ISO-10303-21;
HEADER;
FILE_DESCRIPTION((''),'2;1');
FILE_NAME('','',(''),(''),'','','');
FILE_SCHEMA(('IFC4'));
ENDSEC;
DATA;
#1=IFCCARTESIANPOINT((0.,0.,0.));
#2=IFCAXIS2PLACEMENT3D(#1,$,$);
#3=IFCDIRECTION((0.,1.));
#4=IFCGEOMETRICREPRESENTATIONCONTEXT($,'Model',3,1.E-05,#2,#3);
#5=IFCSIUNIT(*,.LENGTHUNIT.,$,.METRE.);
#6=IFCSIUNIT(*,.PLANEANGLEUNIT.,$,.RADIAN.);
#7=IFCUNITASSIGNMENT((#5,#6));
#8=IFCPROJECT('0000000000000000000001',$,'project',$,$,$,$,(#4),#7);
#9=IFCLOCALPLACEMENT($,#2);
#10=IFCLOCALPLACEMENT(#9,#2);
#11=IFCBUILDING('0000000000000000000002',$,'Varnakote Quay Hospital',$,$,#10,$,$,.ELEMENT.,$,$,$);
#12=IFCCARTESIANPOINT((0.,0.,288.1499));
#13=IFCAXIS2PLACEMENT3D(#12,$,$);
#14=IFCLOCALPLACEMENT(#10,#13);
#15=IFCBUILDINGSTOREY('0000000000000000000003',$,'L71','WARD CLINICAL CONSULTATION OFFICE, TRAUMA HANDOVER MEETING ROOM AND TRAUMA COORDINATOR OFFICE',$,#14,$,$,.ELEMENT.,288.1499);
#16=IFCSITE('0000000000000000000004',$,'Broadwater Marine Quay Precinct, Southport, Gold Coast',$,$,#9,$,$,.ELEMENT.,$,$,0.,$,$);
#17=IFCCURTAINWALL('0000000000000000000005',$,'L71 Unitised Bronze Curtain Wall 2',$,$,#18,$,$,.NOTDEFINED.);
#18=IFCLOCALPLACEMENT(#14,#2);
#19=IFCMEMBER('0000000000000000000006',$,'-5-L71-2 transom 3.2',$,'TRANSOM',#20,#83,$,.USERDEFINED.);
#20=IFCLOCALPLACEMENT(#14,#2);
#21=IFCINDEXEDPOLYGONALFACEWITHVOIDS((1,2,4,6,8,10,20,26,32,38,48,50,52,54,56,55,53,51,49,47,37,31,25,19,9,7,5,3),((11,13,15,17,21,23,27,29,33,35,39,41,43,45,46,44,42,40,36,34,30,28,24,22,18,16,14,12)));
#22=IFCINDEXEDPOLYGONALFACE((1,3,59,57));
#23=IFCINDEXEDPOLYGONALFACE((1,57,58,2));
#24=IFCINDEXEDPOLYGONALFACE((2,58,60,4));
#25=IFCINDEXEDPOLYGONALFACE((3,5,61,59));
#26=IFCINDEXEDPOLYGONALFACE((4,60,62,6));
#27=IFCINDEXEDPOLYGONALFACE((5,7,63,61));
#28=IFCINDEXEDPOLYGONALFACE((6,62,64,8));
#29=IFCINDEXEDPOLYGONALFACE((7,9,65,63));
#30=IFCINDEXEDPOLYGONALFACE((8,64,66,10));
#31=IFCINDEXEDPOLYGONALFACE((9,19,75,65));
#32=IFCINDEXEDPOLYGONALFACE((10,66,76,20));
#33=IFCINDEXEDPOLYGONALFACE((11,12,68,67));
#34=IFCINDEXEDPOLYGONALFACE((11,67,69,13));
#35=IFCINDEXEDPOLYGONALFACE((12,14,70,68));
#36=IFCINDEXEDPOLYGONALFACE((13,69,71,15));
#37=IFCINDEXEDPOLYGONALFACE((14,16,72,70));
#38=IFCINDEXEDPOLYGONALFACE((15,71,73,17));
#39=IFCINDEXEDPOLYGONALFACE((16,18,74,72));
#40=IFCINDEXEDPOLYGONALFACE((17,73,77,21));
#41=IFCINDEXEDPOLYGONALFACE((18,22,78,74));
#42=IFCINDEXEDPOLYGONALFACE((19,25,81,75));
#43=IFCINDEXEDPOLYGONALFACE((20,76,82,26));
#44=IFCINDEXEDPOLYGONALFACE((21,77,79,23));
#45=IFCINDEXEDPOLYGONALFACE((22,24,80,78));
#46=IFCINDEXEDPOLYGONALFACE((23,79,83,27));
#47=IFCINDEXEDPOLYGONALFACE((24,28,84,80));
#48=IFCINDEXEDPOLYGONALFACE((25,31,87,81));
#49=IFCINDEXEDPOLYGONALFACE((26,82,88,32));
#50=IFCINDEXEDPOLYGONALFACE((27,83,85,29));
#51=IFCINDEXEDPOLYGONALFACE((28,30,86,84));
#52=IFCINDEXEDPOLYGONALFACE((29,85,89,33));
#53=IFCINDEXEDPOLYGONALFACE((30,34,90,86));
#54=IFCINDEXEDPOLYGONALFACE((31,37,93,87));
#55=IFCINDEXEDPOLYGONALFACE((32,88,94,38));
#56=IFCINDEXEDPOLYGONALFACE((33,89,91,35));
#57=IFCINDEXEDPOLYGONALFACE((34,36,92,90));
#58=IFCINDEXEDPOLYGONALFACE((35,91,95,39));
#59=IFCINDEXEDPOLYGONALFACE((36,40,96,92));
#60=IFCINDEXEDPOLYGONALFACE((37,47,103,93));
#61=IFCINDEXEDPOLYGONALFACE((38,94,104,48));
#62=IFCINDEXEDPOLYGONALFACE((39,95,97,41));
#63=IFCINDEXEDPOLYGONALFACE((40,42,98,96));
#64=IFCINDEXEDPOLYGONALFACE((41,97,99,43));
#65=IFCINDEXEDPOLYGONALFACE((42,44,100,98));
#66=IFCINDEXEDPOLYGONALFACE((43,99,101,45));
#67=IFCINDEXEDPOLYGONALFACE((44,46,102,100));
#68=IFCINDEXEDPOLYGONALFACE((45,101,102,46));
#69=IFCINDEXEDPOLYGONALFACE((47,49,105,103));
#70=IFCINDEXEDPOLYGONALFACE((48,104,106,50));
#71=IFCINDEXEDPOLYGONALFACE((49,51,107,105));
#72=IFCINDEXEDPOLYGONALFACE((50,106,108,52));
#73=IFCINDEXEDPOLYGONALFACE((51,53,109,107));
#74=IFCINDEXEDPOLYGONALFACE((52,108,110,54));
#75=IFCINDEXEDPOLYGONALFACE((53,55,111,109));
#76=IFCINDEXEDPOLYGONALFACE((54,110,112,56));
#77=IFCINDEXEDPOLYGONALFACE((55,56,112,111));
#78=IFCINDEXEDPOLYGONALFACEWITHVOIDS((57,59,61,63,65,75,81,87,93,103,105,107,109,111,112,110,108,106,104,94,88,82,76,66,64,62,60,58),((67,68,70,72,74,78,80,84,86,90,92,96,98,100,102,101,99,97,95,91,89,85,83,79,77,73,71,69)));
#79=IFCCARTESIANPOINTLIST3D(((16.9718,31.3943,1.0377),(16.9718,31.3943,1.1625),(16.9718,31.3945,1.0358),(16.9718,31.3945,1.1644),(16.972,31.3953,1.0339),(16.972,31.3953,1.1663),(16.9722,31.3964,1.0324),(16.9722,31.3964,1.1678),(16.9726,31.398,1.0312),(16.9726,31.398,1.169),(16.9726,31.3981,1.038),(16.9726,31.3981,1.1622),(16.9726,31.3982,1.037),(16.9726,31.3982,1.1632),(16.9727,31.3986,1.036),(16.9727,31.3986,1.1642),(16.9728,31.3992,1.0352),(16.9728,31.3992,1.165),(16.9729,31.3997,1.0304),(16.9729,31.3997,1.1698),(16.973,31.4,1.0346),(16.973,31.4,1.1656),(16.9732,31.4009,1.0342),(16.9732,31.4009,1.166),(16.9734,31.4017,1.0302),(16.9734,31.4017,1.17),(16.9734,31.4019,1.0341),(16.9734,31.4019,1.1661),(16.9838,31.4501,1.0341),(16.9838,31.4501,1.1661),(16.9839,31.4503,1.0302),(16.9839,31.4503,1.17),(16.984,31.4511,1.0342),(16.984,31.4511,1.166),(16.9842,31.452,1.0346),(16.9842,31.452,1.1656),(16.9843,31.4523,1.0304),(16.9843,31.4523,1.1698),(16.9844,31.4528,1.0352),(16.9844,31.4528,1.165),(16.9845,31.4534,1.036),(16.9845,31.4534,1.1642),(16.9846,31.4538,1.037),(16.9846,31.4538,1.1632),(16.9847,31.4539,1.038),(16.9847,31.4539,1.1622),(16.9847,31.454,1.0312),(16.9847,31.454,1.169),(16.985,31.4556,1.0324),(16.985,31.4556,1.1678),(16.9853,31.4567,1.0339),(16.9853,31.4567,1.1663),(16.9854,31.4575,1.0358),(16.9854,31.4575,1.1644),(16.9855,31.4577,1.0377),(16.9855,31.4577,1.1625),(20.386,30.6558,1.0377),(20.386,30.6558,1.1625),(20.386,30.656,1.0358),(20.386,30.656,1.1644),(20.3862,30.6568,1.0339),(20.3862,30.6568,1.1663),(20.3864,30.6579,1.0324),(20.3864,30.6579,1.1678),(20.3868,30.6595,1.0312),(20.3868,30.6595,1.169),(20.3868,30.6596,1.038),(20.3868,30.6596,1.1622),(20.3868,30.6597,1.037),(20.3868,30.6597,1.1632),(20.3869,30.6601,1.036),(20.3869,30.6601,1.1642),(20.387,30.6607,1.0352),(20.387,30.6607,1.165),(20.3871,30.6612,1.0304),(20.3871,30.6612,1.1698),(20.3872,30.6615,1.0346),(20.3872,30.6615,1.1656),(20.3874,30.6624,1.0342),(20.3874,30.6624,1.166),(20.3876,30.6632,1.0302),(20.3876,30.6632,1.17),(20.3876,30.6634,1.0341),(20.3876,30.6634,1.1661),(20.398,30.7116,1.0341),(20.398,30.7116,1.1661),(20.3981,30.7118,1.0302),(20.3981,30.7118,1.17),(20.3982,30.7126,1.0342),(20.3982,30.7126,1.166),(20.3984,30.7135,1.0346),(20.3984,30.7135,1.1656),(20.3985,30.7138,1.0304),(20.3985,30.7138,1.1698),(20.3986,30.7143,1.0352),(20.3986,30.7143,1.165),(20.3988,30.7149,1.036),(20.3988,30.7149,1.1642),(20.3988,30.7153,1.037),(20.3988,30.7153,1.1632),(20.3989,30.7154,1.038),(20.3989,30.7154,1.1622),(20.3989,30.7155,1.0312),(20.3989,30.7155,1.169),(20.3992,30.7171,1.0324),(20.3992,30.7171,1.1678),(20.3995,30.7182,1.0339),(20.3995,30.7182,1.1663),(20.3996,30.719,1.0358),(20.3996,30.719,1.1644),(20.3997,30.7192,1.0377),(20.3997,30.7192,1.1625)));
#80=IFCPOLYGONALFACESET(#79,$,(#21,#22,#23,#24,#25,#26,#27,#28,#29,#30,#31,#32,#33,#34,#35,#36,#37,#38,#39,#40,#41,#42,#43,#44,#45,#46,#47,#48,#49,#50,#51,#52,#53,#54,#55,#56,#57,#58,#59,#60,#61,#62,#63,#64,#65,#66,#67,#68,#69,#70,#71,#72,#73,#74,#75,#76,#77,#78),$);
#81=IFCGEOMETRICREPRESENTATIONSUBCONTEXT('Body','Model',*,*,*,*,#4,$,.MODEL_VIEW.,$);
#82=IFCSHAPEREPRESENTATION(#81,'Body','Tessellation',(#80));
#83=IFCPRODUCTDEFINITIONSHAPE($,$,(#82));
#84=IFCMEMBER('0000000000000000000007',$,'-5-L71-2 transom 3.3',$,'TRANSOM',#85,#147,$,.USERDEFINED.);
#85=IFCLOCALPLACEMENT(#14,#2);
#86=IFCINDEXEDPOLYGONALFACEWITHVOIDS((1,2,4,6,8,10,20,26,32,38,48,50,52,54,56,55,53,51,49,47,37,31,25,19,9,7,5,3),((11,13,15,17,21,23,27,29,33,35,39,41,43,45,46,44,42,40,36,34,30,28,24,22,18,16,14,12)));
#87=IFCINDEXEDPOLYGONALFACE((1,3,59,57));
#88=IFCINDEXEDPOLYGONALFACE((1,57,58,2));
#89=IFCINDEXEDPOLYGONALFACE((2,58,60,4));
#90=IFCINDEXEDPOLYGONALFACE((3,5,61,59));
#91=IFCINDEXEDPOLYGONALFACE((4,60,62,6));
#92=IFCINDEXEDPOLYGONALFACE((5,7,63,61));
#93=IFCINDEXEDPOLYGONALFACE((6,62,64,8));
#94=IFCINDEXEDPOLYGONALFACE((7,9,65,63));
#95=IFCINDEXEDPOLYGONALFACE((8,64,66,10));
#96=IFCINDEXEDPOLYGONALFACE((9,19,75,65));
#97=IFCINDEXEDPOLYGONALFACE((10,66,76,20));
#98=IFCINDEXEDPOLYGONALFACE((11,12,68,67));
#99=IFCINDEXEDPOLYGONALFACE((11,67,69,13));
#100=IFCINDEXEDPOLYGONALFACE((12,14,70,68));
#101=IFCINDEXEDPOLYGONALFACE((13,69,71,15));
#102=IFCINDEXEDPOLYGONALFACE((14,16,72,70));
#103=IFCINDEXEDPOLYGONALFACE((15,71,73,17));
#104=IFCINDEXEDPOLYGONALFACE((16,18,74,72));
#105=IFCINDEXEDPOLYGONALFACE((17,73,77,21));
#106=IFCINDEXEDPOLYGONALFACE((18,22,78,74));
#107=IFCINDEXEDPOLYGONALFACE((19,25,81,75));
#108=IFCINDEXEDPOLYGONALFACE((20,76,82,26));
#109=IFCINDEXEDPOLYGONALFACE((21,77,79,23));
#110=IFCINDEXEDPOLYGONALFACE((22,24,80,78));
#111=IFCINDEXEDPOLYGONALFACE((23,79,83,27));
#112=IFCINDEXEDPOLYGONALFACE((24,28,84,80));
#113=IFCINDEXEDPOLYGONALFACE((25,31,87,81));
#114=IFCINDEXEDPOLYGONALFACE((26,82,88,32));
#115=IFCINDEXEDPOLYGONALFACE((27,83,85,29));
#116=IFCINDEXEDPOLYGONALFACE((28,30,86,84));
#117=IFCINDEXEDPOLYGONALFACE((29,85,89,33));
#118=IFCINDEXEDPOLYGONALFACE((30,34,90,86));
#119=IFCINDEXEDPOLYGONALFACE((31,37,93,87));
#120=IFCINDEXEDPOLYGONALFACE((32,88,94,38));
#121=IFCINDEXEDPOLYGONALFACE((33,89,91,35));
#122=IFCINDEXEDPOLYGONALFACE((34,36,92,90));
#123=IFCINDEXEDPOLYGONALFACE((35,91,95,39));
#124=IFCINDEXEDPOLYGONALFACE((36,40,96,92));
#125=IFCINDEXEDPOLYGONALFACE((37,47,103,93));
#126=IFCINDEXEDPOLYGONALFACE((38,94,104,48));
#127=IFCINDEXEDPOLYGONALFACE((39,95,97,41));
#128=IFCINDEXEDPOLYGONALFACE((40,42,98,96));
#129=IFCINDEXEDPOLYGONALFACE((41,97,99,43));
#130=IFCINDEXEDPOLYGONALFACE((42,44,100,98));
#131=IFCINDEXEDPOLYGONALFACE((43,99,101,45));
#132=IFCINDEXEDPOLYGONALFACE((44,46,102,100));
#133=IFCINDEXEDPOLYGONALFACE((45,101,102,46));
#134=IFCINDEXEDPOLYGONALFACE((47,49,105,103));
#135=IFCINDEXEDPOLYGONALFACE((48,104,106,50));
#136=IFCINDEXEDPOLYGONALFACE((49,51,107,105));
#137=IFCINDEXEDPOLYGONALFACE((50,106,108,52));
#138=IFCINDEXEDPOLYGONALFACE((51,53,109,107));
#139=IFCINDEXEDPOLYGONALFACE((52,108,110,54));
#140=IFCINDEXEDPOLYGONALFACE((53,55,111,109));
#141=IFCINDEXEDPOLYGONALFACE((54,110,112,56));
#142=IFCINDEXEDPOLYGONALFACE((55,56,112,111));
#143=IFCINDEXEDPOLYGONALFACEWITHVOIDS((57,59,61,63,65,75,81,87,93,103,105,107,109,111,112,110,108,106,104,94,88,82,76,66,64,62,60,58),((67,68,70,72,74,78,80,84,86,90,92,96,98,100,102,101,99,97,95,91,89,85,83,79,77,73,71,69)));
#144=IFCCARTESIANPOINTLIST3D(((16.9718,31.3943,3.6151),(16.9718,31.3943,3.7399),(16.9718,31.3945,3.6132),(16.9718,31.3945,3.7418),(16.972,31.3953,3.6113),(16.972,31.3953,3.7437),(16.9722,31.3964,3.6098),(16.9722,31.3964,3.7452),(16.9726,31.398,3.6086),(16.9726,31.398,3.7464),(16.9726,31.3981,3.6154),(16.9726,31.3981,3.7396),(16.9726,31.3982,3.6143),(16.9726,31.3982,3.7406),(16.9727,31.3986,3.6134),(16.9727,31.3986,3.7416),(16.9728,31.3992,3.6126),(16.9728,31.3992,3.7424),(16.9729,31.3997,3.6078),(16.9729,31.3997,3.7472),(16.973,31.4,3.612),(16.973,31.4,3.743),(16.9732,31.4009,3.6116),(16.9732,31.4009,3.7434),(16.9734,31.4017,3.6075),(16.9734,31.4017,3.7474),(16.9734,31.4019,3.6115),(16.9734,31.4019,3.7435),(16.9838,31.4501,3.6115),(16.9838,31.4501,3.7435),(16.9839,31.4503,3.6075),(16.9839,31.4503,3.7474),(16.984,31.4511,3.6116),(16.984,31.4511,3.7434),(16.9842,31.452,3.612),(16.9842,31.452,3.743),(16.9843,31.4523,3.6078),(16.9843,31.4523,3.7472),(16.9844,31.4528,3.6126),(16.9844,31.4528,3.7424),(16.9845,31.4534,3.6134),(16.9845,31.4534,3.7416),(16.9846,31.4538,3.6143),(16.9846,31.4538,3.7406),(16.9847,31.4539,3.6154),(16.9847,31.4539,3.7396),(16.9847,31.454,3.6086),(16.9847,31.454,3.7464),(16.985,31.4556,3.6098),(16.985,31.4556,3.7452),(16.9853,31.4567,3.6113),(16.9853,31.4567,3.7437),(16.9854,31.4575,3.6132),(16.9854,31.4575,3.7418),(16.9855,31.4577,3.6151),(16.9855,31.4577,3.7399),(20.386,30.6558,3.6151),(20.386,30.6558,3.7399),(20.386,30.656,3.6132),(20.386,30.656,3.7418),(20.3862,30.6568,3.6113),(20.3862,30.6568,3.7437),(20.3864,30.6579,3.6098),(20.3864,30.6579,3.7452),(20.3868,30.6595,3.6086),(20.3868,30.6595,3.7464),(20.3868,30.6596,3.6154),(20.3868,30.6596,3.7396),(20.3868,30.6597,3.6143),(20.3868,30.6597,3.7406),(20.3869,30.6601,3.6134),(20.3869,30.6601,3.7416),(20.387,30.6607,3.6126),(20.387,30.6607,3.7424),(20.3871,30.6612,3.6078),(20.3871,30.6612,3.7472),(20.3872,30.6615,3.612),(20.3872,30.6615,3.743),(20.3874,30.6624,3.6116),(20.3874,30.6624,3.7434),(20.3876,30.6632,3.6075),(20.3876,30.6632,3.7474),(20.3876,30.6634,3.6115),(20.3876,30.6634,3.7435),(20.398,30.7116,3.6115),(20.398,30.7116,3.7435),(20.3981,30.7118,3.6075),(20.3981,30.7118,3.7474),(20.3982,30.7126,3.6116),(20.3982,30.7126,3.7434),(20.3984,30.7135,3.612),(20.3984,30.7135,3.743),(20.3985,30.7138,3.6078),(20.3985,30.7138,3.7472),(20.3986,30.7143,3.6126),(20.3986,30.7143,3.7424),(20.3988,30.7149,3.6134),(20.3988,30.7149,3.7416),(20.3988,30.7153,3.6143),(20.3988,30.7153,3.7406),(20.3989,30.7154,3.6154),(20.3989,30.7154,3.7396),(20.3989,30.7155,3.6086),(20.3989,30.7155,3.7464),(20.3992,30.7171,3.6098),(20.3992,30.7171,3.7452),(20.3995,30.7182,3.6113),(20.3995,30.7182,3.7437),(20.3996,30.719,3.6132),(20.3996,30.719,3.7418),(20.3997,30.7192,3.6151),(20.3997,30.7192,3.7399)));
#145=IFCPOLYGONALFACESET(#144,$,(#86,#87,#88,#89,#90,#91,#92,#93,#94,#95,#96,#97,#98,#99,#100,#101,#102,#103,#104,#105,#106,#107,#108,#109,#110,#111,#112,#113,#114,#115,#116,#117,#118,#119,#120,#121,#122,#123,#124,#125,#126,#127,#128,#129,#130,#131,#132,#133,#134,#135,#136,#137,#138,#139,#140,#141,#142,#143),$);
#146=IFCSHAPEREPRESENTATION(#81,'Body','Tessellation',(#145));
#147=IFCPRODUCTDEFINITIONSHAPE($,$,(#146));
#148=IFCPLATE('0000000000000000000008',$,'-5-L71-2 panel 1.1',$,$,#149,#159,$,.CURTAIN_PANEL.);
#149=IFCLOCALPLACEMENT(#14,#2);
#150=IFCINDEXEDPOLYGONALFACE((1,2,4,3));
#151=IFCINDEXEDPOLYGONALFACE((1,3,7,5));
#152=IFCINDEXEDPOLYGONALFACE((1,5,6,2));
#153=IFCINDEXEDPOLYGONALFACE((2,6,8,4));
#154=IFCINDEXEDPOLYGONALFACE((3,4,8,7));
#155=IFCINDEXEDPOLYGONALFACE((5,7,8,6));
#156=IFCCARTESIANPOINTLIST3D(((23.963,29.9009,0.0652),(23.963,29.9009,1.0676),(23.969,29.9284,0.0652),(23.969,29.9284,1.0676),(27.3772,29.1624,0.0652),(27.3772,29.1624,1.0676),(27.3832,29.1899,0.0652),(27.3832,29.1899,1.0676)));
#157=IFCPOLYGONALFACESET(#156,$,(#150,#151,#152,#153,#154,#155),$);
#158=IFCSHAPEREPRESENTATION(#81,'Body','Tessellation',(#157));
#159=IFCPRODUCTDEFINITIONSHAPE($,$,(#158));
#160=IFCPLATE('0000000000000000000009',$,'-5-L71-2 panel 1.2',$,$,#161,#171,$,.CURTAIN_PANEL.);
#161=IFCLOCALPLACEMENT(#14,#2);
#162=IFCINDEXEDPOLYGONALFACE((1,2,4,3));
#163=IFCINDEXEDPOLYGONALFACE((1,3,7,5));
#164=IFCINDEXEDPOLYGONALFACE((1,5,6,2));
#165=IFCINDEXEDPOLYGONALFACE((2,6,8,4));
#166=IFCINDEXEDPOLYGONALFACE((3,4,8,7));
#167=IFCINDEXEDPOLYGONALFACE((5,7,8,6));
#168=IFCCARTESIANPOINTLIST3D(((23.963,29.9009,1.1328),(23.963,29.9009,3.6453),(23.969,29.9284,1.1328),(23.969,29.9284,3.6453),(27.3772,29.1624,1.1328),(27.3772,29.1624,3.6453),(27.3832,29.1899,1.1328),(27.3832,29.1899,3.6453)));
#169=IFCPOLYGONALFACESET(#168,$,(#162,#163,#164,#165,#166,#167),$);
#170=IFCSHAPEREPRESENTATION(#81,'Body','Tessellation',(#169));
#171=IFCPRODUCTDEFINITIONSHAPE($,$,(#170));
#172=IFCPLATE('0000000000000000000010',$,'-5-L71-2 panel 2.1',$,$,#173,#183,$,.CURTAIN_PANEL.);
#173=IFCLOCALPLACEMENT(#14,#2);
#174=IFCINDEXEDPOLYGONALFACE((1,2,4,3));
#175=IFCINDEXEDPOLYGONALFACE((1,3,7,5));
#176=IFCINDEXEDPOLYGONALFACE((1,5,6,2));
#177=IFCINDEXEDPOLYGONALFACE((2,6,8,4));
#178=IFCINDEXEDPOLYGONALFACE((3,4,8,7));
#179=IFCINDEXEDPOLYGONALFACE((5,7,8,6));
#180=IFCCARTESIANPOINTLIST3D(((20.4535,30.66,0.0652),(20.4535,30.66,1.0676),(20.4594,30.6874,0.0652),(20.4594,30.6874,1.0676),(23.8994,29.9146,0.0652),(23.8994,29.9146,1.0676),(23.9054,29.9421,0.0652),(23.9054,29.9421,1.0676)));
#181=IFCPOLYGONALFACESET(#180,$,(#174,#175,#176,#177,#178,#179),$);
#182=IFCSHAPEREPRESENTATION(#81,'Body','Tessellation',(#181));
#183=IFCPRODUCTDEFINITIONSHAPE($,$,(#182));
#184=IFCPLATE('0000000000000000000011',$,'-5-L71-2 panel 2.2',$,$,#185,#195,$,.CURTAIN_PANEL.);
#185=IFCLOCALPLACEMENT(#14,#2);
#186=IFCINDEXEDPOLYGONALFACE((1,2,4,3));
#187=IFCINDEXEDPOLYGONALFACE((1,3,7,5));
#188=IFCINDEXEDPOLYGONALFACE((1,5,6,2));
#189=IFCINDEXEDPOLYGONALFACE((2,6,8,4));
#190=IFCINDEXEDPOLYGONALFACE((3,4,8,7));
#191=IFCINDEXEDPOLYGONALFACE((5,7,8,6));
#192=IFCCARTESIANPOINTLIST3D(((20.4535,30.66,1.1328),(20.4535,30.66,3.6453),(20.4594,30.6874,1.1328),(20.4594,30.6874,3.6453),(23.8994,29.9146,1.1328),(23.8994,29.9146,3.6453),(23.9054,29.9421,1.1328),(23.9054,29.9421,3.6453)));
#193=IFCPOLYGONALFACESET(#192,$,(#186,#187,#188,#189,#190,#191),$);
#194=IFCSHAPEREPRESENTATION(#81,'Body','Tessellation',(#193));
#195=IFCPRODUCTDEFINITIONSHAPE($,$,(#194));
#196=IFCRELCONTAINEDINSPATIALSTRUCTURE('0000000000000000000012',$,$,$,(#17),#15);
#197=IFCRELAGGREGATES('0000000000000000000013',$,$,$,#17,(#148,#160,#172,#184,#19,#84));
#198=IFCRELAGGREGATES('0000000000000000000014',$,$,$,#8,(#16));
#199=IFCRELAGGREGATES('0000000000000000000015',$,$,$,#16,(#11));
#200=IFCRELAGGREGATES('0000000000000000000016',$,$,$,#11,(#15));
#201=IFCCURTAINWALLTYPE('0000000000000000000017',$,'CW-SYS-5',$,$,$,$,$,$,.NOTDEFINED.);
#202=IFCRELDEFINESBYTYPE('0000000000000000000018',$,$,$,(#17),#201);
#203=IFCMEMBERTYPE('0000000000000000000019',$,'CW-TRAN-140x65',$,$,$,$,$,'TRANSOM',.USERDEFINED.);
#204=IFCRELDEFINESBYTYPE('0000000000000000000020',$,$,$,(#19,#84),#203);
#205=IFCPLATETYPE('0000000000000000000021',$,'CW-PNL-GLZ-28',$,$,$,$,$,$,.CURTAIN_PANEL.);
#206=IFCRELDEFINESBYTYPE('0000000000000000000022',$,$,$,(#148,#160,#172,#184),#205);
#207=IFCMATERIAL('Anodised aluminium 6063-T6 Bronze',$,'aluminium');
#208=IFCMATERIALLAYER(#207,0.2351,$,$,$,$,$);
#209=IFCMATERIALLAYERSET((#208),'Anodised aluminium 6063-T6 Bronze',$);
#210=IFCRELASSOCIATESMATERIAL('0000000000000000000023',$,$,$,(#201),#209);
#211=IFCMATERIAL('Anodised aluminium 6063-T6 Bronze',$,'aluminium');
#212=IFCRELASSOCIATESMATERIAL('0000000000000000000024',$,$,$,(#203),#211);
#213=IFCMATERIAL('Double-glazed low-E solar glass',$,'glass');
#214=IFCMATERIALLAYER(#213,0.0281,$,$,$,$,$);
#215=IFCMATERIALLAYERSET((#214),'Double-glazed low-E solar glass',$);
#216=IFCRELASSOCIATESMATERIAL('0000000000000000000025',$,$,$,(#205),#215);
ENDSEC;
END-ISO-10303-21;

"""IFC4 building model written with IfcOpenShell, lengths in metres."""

from ifc_helpers import new_model, si_unit, direction, frame, origin, origin_2d, place, context, subcontext, project, spatial, rectangle, hollow_rectangle, extrude, material, layer, layer_set, material_profile, profile_set, type_object, element, aggregate, save


model = new_model("IFC4")

# Units and contexts
model_context = context("Model", 3, precision=1e-05, world=origin(), true_north=direction((0.0, 1.0)))
body_context = subcontext(model_context, "Body", "Model", "MODEL_VIEW")
ifc_project = project(units=[si_unit("LENGTHUNIT", "METRE"), si_unit("PLANEANGLEUNIT", "RADIAN")], contexts=[model_context])

# Site, building, storey
site_placement = place(None, origin())
site = spatial("IfcSite", under=ifc_project, at=site_placement, Name="Broadwater Marine Quay Precinct, Southport, Gold Coast", CompositionType="ELEMENT", RefElevation=0.0)
building_placement = place(site_placement, origin())
building = spatial("IfcBuilding", under=site, at=building_placement, Name="Varnakote Quay Hospital", CompositionType="ELEMENT")
storey_placement = place(building_placement, frame((0.0, 0.0, 288.1499)))
storey = spatial("IfcBuildingStorey", under=building, at=storey_placement, Name="L71", Description="WARD CLINICAL CONSULTATION OFFICE, TRAUMA HANDOVER MEETING ROOM AND TRAUMA COORDINATOR OFFICE", CompositionType="ELEMENT", Elevation=288.1499)

# Shared definitions
ifc_material_1 = material(Name="Anodised aluminium 6063-T6 Bronze", Category="aluminium")
ifc_layer_1 = layer(ifc_material_1, 0.2351)
ifc_layer_set_1 = layer_set([ifc_layer_1], Name="Anodised aluminium 6063-T6 Bronze")
curtain_wall_type = type_object("IfcCurtainWallType", Name="CW-SYS-5", PredefinedType="NOTDEFINED", material=ifc_layer_set_1)

# Curtain wall, members, plates
curtain_wall_1_placement = place(storey_placement, origin())
curtain_wall_1 = element("IfcCurtainWall", 1, at=curtain_wall_1_placement, inside=storey, type_object=curtain_wall_type, Name="L71 Unitised Bronze Curtain Wall 2", PredefinedType="NOTDEFINED")
ifc_material_2 = material(Name="Anodised aluminium 6063-T6 Bronze", Category="aluminium")
ifc_material_profile_1 = material_profile(ifc_material_2, hollow_rectangle(XDim=0.0649, YDim=0.1399, WallThickness=0.0039, InnerFilletRadius=0.0039, OuterFilletRadius=0.0076, at=origin_2d()), Name="CW-TRAN-140x65")
ifc_profile_set_1 = profile_set([ifc_material_profile_1], Name="Anodised aluminium 6063-T6 Bronze")
member_type_1 = type_object("IfcMemberType", Name="CW-TRAN-140x65", ElementType="TRANSOM", PredefinedType="USERDEFINED", material=ifc_profile_set_1)
member_1_placement = place(storey_placement, frame((20.3928, 30.6875, 1.1001), z_axis=(-0.977397, 0.211414, 0.0), x_axis=(-0.211414, -0.977397, 0.0)))
member_1 = element("IfcMember", 2, at=member_1_placement, type_object=member_type_1, Name="-5-L71-2 transom 3.2", ObjectType="TRANSOM", PredefinedType="USERDEFINED", context=body_context, shape_type="SweptSolid", body=[
    extrude(hollow_rectangle(XDim=0.0649, YDim=0.1399, WallThickness=0.0039, InnerFilletRadius=0.0039, OuterFilletRadius=0.0076, at=origin_2d()), origin(), (0.0, 0.0, 1.0), 3.4932),
])
member_2_placement = place(storey_placement, frame((20.3928, 30.6875, 3.6775), z_axis=(-0.977397, 0.211414, 0.0), x_axis=(-0.211414, -0.977397, 0.0)))
member_2 = element("IfcMember", 3, at=member_2_placement, type_object=member_type_1, Name="-5-L71-2 transom 3.3", ObjectType="TRANSOM", PredefinedType="USERDEFINED", context=body_context, shape_type="SweptSolid", body=[
    extrude(hollow_rectangle(XDim=0.0649, YDim=0.1399, WallThickness=0.0039, InnerFilletRadius=0.0039, OuterFilletRadius=0.0076, at=origin_2d()), origin(), (0.0, 0.0, 1.0), 3.4932),
])
ifc_material_3 = material(Name="Double-glazed low-E solar glass", Category="glass")
ifc_layer_2 = layer(ifc_material_3, 0.0281)
ifc_layer_set_2 = layer_set([ifc_layer_2], Name="Double-glazed low-E solar glass")
plate_type = type_object("IfcPlateType", Name="CW-PNL-GLZ-28", PredefinedType="CURTAIN_PANEL", material=ifc_layer_set_2)
plate_1_placement = place(storey_placement, frame((25.6731, 29.5454, 0.0652), z_axis=(0.0, 0.0, 1.0), x_axis=(-0.977398, 0.211408, 0.0)))
plate_1 = element("IfcPlate", 4, at=plate_1_placement, type_object=plate_type, Name="-5-L71-2 panel 1.1", PredefinedType="CURTAIN_PANEL", context=body_context, shape_type="SweptSolid", body=[
    extrude(rectangle(XDim=3.4932, YDim=0.0281, at=origin_2d()), origin(), (0.0, 0.0, 1.0), 1.0024),
])
plate_2_placement = place(storey_placement, frame((25.6731, 29.5454, 1.1328), z_axis=(0.0, 0.0, 1.0), x_axis=(-0.977398, 0.211408, 0.0)))
plate_2 = element("IfcPlate", 5, at=plate_2_placement, type_object=plate_type, Name="-5-L71-2 panel 1.2", PredefinedType="CURTAIN_PANEL", context=body_context, shape_type="SweptSolid", body=[
    extrude(rectangle(XDim=3.4932, YDim=0.0281, at=origin_2d()), origin(), (0.0, 0.0, 1.0), 2.5125),
])
plate_3_placement = place(storey_placement, frame((22.1794, 30.301, 0.0652), z_axis=(0.0, 0.0, 1.0), x_axis=(-0.977398, 0.211408, 0.0)))
plate_3 = element("IfcPlate", 6, at=plate_3_placement, type_object=plate_type, Name="-5-L71-2 panel 2.1", PredefinedType="CURTAIN_PANEL", context=body_context, shape_type="SweptSolid", body=[
    extrude(rectangle(XDim=3.5256, YDim=0.0281, at=origin_2d()), origin(), (0.0, 0.0, 1.0), 1.0024),
])
plate_4_placement = place(storey_placement, frame((22.1794, 30.301, 1.1328), z_axis=(0.0, 0.0, 1.0), x_axis=(-0.977398, 0.211408, 0.0)))
plate_4 = element("IfcPlate", 7, at=plate_4_placement, type_object=plate_type, Name="-5-L71-2 panel 2.2", PredefinedType="CURTAIN_PANEL", context=body_context, shape_type="SweptSolid", body=[
    extrude(rectangle(XDim=3.5256, YDim=0.0281, at=origin_2d()), origin(), (0.0, 0.0, 1.0), 2.5125),
])
aggregate(curtain_wall_1, [plate_1, plate_2, plate_3, plate_4, member_1, member_2])

save(model, "model.ifc")
